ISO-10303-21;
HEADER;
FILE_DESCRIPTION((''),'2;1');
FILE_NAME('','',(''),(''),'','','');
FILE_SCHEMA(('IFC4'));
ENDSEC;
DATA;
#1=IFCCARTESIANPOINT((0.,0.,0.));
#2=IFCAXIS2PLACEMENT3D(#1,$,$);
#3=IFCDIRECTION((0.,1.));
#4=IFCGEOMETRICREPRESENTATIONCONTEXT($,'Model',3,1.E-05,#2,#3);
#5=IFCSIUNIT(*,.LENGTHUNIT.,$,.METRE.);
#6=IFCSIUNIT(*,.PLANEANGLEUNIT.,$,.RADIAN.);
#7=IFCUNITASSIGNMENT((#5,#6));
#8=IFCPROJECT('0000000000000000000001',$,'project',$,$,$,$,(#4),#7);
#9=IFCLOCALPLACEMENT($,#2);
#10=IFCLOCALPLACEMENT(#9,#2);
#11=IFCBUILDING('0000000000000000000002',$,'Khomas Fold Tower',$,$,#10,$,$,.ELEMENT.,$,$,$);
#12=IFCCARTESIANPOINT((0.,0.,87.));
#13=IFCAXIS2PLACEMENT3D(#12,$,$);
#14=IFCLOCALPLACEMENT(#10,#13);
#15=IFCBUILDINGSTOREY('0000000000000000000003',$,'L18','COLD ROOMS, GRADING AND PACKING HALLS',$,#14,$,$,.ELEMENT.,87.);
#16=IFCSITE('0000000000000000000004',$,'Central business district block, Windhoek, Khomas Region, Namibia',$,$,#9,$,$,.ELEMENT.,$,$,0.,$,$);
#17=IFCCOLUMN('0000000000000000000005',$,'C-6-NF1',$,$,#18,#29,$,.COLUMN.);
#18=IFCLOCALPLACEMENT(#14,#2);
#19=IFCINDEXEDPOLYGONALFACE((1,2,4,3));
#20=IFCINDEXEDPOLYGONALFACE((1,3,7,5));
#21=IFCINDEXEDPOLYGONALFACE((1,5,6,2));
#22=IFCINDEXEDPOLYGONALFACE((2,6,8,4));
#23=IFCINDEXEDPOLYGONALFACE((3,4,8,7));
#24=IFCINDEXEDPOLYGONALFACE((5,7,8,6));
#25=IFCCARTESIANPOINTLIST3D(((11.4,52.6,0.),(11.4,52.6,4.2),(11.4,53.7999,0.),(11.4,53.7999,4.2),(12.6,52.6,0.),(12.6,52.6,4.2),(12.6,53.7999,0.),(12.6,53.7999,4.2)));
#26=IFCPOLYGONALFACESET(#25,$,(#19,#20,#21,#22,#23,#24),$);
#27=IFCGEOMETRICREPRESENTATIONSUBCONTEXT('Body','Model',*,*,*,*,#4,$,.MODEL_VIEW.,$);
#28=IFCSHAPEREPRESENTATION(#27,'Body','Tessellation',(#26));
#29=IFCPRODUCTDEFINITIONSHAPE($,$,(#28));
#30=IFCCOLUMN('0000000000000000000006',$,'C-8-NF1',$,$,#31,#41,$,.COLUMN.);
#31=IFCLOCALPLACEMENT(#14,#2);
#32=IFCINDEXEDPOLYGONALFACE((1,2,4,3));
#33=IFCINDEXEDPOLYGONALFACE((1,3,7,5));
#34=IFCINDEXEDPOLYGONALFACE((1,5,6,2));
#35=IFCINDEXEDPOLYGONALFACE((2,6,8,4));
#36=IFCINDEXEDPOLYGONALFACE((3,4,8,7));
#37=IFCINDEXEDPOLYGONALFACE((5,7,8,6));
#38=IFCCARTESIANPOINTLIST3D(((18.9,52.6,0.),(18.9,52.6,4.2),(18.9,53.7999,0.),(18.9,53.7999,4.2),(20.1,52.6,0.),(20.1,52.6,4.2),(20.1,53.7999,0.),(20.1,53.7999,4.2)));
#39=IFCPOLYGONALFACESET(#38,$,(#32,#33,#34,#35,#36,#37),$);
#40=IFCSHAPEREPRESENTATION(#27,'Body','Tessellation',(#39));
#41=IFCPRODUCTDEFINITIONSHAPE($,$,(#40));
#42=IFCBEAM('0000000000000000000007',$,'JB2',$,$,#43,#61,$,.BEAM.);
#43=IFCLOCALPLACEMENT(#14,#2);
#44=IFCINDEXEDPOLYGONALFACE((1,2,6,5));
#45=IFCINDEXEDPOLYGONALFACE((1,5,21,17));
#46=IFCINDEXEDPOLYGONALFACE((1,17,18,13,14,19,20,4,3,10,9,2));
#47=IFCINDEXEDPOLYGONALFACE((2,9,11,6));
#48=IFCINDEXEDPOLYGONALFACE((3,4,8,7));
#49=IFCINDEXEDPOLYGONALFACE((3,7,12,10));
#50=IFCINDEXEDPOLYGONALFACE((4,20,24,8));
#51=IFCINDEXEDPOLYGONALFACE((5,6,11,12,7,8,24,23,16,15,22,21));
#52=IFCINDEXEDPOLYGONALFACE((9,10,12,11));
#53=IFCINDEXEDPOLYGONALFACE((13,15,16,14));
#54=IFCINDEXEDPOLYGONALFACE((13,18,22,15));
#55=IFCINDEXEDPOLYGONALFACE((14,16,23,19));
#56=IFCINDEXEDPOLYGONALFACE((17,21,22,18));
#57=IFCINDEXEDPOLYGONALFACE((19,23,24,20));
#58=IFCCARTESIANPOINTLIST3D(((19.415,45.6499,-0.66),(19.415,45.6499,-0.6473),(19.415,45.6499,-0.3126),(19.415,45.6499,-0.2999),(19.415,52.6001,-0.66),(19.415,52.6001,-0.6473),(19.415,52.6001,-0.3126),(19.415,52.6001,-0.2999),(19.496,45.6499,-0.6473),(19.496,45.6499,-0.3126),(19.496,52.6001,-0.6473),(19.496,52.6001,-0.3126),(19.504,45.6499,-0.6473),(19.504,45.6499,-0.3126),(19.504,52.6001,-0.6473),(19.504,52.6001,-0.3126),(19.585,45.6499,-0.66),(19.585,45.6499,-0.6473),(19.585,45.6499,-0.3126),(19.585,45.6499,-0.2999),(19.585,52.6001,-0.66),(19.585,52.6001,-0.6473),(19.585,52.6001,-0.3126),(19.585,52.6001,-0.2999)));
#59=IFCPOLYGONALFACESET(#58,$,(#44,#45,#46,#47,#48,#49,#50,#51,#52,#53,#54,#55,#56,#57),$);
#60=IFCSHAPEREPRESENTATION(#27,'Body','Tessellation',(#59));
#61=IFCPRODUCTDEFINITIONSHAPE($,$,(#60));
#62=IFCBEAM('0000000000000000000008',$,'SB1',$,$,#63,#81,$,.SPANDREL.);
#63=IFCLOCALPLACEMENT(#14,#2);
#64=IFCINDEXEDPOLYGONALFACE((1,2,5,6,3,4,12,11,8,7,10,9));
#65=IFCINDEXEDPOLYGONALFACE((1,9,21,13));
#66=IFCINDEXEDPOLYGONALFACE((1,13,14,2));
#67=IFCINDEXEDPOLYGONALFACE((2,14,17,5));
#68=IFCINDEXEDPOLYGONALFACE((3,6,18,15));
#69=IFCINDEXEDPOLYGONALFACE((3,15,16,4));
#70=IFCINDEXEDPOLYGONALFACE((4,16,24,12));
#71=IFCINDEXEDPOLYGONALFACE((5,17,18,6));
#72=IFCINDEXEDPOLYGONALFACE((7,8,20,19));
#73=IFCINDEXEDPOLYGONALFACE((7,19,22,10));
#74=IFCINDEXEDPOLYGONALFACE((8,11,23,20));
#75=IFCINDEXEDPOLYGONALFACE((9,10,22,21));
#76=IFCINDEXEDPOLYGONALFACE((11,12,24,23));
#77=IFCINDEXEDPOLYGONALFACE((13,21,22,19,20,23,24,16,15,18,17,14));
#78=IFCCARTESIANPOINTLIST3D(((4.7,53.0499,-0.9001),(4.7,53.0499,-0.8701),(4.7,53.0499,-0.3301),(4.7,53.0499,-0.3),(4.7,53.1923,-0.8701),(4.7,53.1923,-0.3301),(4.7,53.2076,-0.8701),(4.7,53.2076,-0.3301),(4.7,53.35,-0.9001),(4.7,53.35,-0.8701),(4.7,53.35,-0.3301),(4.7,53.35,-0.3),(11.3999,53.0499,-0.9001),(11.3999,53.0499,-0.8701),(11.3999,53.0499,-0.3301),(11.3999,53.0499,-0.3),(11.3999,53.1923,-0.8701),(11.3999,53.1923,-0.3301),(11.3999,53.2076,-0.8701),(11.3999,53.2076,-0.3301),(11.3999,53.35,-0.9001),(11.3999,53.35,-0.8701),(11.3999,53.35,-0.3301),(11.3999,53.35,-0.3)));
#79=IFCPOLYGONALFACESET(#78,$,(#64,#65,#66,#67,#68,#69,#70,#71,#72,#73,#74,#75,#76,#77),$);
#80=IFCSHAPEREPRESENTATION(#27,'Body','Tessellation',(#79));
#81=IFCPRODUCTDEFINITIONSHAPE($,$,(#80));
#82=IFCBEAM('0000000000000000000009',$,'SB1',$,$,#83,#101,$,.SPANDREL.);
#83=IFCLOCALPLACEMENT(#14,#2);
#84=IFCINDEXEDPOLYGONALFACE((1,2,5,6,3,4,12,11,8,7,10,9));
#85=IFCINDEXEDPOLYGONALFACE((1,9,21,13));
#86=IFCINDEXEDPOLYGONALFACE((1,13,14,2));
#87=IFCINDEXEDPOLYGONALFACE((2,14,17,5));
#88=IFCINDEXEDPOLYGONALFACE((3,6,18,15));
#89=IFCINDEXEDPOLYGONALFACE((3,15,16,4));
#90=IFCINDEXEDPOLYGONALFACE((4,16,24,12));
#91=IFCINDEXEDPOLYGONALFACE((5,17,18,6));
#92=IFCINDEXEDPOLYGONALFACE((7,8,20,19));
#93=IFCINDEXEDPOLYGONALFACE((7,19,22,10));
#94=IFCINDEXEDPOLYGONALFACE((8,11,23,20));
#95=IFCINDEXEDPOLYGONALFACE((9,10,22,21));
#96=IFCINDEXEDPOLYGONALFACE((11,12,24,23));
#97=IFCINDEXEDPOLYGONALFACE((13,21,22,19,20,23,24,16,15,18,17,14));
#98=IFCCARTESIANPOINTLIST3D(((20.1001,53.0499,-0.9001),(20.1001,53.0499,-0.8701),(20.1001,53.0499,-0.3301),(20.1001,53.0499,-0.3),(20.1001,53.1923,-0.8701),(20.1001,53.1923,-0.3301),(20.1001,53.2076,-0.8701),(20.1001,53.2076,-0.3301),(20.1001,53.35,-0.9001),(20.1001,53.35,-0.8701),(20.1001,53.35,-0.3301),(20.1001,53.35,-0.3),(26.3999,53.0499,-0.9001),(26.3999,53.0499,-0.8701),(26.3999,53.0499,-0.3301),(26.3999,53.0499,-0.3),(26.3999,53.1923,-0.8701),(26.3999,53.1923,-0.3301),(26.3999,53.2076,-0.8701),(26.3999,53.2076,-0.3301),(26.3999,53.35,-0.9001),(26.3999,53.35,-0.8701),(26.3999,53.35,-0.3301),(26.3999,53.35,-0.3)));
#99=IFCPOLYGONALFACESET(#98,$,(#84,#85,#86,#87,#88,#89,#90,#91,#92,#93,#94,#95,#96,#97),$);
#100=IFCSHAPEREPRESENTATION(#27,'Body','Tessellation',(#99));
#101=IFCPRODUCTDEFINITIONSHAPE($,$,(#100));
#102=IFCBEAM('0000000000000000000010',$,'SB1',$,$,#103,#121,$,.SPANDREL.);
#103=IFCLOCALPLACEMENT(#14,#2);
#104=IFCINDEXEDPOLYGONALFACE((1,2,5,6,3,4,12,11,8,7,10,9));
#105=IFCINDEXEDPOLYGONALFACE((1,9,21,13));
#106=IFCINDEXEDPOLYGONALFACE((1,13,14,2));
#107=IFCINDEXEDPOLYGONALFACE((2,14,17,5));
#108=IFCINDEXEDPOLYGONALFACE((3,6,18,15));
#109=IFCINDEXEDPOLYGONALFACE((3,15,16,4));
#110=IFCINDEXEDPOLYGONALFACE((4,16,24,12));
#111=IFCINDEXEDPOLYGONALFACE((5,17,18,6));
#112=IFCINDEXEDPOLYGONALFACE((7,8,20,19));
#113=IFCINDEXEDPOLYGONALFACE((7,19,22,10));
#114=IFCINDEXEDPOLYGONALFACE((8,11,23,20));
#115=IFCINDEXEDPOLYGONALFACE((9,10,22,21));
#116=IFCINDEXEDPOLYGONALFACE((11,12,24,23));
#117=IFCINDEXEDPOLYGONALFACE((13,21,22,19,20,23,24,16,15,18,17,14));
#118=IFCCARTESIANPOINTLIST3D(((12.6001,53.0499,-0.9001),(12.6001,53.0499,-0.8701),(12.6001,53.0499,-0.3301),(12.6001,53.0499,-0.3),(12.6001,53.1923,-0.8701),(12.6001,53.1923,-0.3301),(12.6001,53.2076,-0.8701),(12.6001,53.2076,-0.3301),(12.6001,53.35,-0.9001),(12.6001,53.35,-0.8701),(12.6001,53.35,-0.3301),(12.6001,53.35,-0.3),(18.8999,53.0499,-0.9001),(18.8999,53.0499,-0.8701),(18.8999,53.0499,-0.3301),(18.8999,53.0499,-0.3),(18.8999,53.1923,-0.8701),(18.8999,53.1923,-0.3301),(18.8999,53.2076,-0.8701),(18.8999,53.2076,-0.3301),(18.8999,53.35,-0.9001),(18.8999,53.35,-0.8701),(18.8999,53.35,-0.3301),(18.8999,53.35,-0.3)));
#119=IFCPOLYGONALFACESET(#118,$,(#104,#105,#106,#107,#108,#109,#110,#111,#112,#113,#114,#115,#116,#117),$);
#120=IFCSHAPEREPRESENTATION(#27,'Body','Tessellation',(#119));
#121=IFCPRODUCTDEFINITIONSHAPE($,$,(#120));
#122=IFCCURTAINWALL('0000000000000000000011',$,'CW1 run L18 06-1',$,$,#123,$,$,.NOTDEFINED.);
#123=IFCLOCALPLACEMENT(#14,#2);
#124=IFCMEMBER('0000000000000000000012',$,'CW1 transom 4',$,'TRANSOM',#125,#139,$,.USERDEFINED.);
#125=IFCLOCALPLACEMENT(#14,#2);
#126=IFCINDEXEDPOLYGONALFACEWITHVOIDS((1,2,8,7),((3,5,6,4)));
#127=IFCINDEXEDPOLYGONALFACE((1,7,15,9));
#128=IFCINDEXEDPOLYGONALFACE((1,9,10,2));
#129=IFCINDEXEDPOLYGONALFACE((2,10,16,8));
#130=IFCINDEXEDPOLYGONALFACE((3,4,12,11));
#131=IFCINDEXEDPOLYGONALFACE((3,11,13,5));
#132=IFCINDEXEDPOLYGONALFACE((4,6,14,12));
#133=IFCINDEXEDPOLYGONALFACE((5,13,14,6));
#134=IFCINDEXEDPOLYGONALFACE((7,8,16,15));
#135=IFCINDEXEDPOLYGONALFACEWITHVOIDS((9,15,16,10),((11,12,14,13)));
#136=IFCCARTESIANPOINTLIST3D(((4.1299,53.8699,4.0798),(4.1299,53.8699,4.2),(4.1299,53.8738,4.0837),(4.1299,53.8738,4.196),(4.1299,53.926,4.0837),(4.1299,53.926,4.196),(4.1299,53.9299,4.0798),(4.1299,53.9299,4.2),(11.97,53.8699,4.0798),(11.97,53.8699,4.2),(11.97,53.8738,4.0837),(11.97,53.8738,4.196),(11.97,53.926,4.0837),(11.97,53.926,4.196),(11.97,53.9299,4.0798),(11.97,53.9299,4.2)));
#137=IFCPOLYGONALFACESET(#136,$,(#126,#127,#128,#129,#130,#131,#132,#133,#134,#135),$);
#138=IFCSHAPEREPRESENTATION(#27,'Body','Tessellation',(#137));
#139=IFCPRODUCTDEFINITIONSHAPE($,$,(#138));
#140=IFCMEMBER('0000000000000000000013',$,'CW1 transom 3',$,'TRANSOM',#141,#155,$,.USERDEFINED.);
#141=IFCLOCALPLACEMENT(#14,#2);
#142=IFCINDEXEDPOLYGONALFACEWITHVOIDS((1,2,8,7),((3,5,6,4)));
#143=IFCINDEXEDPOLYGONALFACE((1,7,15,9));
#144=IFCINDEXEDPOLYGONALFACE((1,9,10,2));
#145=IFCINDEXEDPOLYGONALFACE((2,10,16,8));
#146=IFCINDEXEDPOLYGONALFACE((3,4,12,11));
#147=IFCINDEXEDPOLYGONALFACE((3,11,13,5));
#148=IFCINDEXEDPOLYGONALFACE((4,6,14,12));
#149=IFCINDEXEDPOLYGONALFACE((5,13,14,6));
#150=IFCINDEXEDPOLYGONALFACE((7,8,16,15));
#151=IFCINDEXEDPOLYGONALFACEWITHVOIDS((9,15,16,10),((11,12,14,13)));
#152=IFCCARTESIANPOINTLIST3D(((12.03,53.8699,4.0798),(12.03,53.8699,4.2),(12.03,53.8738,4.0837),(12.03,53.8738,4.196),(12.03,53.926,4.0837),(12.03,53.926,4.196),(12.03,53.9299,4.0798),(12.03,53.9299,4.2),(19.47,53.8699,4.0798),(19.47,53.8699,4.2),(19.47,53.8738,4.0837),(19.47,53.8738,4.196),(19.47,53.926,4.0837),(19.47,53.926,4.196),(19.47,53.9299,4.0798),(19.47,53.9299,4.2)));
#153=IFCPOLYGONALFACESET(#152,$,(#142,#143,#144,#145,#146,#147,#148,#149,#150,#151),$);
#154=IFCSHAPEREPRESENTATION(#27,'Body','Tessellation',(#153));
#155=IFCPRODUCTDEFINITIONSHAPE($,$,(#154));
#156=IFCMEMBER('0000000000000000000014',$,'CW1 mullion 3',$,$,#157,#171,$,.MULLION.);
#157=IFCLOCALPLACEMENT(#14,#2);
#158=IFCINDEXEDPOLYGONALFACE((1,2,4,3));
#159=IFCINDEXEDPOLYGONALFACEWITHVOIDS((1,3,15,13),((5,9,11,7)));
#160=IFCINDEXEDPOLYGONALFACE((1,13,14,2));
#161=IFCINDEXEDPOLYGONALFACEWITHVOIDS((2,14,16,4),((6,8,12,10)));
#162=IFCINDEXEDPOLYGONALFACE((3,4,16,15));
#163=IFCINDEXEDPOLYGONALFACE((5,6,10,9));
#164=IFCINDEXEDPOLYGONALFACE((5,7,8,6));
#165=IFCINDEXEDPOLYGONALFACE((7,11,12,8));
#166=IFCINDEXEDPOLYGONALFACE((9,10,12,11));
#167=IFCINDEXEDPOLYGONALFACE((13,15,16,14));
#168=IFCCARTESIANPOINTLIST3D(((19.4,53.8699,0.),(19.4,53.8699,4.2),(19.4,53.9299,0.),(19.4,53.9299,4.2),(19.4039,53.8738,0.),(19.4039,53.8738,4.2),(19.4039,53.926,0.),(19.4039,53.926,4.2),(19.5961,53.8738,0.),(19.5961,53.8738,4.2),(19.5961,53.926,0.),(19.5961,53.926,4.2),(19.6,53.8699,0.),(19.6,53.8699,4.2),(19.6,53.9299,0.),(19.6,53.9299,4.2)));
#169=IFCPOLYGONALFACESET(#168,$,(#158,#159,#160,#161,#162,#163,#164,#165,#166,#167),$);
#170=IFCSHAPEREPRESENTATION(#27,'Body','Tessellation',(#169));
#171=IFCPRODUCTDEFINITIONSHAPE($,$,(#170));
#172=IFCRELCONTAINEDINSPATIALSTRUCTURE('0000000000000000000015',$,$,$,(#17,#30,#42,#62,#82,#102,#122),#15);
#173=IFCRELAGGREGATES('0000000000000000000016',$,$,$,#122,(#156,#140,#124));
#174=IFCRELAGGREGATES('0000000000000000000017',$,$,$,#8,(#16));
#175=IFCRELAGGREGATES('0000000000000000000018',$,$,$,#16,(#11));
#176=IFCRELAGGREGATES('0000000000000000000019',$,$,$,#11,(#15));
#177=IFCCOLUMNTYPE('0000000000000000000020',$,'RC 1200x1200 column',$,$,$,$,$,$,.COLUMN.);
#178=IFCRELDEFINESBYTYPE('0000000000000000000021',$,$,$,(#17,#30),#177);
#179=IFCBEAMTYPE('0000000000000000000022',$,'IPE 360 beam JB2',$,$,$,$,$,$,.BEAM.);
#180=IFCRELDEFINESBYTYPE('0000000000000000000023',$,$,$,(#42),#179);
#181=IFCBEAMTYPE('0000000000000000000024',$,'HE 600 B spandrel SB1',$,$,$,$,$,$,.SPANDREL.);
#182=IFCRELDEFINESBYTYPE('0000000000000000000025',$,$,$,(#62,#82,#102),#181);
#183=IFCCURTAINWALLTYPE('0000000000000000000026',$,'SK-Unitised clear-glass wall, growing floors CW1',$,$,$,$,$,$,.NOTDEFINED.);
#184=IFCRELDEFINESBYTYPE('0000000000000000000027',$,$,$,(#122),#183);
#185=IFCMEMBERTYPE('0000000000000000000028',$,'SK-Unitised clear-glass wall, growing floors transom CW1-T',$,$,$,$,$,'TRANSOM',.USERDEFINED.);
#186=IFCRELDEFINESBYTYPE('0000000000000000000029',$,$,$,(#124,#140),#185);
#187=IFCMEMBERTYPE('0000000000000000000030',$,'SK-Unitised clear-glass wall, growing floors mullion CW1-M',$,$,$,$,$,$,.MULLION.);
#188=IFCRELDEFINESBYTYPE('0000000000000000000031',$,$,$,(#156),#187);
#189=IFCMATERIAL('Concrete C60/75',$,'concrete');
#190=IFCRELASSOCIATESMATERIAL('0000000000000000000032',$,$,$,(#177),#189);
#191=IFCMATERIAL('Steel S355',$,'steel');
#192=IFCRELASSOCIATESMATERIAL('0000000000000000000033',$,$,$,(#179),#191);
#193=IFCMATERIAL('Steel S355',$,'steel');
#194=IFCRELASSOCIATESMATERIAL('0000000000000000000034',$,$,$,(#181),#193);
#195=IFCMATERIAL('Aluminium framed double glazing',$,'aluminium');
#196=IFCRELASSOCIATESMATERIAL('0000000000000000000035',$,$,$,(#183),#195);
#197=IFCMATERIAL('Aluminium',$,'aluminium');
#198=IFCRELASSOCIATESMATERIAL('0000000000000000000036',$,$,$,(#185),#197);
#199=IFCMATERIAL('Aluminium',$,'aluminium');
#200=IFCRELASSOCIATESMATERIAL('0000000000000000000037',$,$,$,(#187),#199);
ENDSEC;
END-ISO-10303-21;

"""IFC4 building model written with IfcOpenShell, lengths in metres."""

from ifc_helpers import new_model, si_unit, direction, frame, origin, origin_2d, place, context, subcontext, project, spatial, rectangle, hollow_rectangle, i_section, extrude, source, transform, mapped, material, material_profile, profile_set, type_object, element, aggregate, save


model = new_model("IFC4")

# Units and contexts
model_context = context("Model", 3, precision=1e-05, world=origin(), true_north=direction((0.0, 1.0)))
body_context = subcontext(model_context, "Body", "Model", "MODEL_VIEW")
ifc_project = project(units=[si_unit("LENGTHUNIT", "METRE"), si_unit("PLANEANGLEUNIT", "RADIAN")], contexts=[model_context])

# Site, building, storey
site_placement = place(None, origin())
site = spatial("IfcSite", under=ifc_project, at=site_placement, Name="Central business district block, Windhoek, Khomas Region, Namibia", CompositionType="ELEMENT", RefElevation=0.0)
building_placement = place(site_placement, origin())
building = spatial("IfcBuilding", under=site, at=building_placement, Name="Khomas Fold Tower", CompositionType="ELEMENT")
storey_placement = place(building_placement, frame((0.0, 0.0, 87.0)))
storey = spatial("IfcBuildingStorey", under=building, at=storey_placement, Name="L18", Description="COLD ROOMS, GRADING AND PACKING HALLS", CompositionType="ELEMENT", Elevation=87.0)

# Columns
ifc_material_1 = material(Name="Concrete C60/75", Category="concrete")
ifc_material_profile_1 = material_profile(ifc_material_1, rectangle(XDim=1.2, YDim=1.2, at=origin_2d()), Name="RC 1200x1200")
ifc_profile_set_1 = profile_set([ifc_material_profile_1], Name="Concrete C60/75")
column_type = type_object("IfcColumnType", Name="RC 1200x1200 column", PredefinedType="COLUMN", material=ifc_profile_set_1)
shared_shape_1 = source(origin(), body_context, "Body", "SweptSolid", [
    extrude(rectangle(XDim=1.2, YDim=1.2, at=origin_2d()), origin(), (0.0, 0.0, 1.0), 4.2),
])
for number, where, z_axis, x_axis, name in (
    (1, (12.0, 53.2, 0.0), (0.0, 0.0, 1.0), (1.0, 0.0, 0.0), "C-6-NF1"),
    (2, (19.5, 53.2, 0.0), (0.0, 0.0, 1.0), (1.0, 0.0, 0.0), "C-8-NF1"),
):
    element("IfcColumn", number, at=place(storey_placement, frame(where, z_axis=z_axis, x_axis=x_axis)), inside=storey, type_object=column_type, Name=name, PredefinedType="COLUMN", context=body_context, shape_type="MappedRepresentation", body=[
        mapped(shared_shape_1, transform((0.0, 0.0, 0.0))),
    ])

# Beams
ifc_material_2 = material(Name="Steel S355", Category="steel")
ifc_material_profile_2 = material_profile(ifc_material_2, i_section(OverallWidth=0.1699, OverallDepth=0.3601, WebThickness=0.0081, FlangeThickness=0.0127, at=origin_2d()), Name="IPE 360")
ifc_profile_set_2 = profile_set([ifc_material_profile_2], Name="Steel S355")
beam_type_1 = type_object("IfcBeamType", Name="IPE 360 beam JB2", PredefinedType="BEAM", material=ifc_profile_set_2)
shared_shape_2 = source(origin(), body_context, "Body", "SweptSolid", [
    extrude(i_section(OverallWidth=0.1699, OverallDepth=0.3601, WebThickness=0.0081, FlangeThickness=0.0127, at=origin_2d()), origin(), (0.0, 0.0, 1.0), 6.9502),
])
beam_1_placement = place(storey_placement, frame((19.5, 45.6499, -0.48), z_axis=(0.0, 1.0, 0.0), x_axis=(-1.0, 0.0, 0.0)))
element("IfcBeam", 3, at=beam_1_placement, inside=storey, type_object=beam_type_1, Name="JB2", PredefinedType="BEAM", context=body_context, shape_type="MappedRepresentation", body=[
    mapped(shared_shape_2, transform((0.0, 0.0, 0.0))),
])
ifc_material_3 = material(Name="Steel S355", Category="steel")
ifc_material_profile_3 = material_profile(ifc_material_3, i_section(OverallWidth=0.3, OverallDepth=0.6001, WebThickness=0.0154, FlangeThickness=0.03, at=origin_2d()), Name="HE 600 B")
ifc_profile_set_3 = profile_set([ifc_material_profile_3], Name="Steel S355")
beam_type_2 = type_object("IfcBeamType", Name="HE 600 B spandrel SB1", PredefinedType="SPANDREL", material=ifc_profile_set_3)
shared_shape_3 = source(origin(), body_context, "Body", "SweptSolid", [
    extrude(i_section(OverallWidth=0.3, OverallDepth=0.6001, WebThickness=0.0154, FlangeThickness=0.03, at=origin_2d()), origin(), (0.0, 0.0, 1.0), 6.7),
])
beam_2_placement = place(storey_placement, frame((4.7, 53.2, -0.6001), z_axis=(1.0, 0.0, 0.0), x_axis=(0.0, 1.0, 0.0)))
element("IfcBeam", 4, at=beam_2_placement, inside=storey, type_object=beam_type_2, Name="SB1", PredefinedType="SPANDREL", context=body_context, shape_type="MappedRepresentation", body=[
    mapped(shared_shape_3, transform((0.0, 0.0, 0.0))),
])
shared_shape_4 = source(origin(), body_context, "Body", "SweptSolid", [
    extrude(i_section(OverallWidth=0.3, OverallDepth=0.6001, WebThickness=0.0154, FlangeThickness=0.03, at=origin_2d()), origin(), (0.0, 0.0, 1.0), 6.2998),
])
for number, where, z_axis, x_axis, name in (
    (5, (20.1001, 53.2, -0.6001), (1.0, 0.0, 0.0), (0.0, 1.0, 0.0), "SB1"),
    (6, (12.6001, 53.2, -0.6001), (1.0, 0.0, 0.0), (0.0, 1.0, 0.0), "SB1"),
):
    element("IfcBeam", number, at=place(storey_placement, frame(where, z_axis=z_axis, x_axis=x_axis)), inside=storey, type_object=beam_type_2, Name=name, PredefinedType="SPANDREL", context=body_context, shape_type="MappedRepresentation", body=[
        mapped(shared_shape_4, transform((0.0, 0.0, 0.0))),
    ])

# Curtain wall, members
ifc_material_4 = material(Name="Aluminium framed double glazing", Category="aluminium")
curtain_wall_type = type_object("IfcCurtainWallType", Name="SK-Unitised clear-glass wall, growing floors CW1", PredefinedType="NOTDEFINED", material=ifc_material_4)
curtain_wall_placement = place(storey_placement, origin())
curtain_wall = element("IfcCurtainWall", 7, at=curtain_wall_placement, inside=storey, type_object=curtain_wall_type, Name="CW1 run L18 06-1", PredefinedType="NOTDEFINED")
ifc_material_5 = material(Name="Aluminium", Category="aluminium")
ifc_material_profile_4 = material_profile(ifc_material_5, hollow_rectangle(XDim=0.0601, YDim=0.1201, WallThickness=0.0039, at=origin_2d()), Name="SK-Unitised clear-glass wall, growing floors transom CW1-T")
ifc_profile_set_4 = profile_set([ifc_material_profile_4], Name="Aluminium")
member_type_1 = type_object("IfcMemberType", Name="SK-Unitised clear-glass wall, growing floors transom CW1-T", ElementType="TRANSOM", PredefinedType="USERDEFINED", material=ifc_profile_set_4)
shared_shape_5 = source(origin(), body_context, "Body", "SweptSolid", [
    extrude(hollow_rectangle(XDim=0.0601, YDim=0.1201, WallThickness=0.0039, at=origin_2d()), origin(), (0.0, 0.0, 1.0), 7.8401),
])
member_1_placement = place(storey_placement, frame((11.97, 53.8999, 4.1399), z_axis=(-1.0, 0.0, 0.0), x_axis=(0.0, -1.0, 0.0)))
member_1 = element("IfcMember", 8, at=member_1_placement, type_object=member_type_1, Name="CW1 transom 4", ObjectType="TRANSOM", PredefinedType="USERDEFINED", context=body_context, shape_type="MappedRepresentation", body=[
    mapped(shared_shape_5, transform((0.0, 0.0, 0.0))),
])
shared_shape_6 = source(origin(), body_context, "Body", "SweptSolid", [
    extrude(hollow_rectangle(XDim=0.0601, YDim=0.1201, WallThickness=0.0039, at=origin_2d()), origin(), (0.0, 0.0, 1.0), 7.4399),
])
member_2_placement = place(storey_placement, frame((19.47, 53.8999, 4.1399), z_axis=(-1.0, 0.0, 0.0), x_axis=(0.0, -1.0, 0.0)))
member_2 = element("IfcMember", 9, at=member_2_placement, type_object=member_type_1, Name="CW1 transom 3", ObjectType="TRANSOM", PredefinedType="USERDEFINED", context=body_context, shape_type="MappedRepresentation", body=[
    mapped(shared_shape_6, transform((0.0, 0.0, 0.0))),
])
ifc_material_6 = material(Name="Aluminium", Category="aluminium")
ifc_material_profile_5 = material_profile(ifc_material_6, hollow_rectangle(XDim=0.0601, YDim=0.2, WallThickness=0.0039, at=origin_2d()), Name="SK-Unitised clear-glass wall, growing floors mullion CW1-M")
ifc_profile_set_5 = profile_set([ifc_material_profile_5], Name="Aluminium")
member_type_2 = type_object("IfcMemberType", Name="SK-Unitised clear-glass wall, growing floors mullion CW1-M", PredefinedType="MULLION", material=ifc_profile_set_5)
shared_shape_7 = source(origin(), body_context, "Body", "SweptSolid", [
    extrude(hollow_rectangle(XDim=0.0601, YDim=0.2, WallThickness=0.0039, at=origin_2d()), origin(), (0.0, 0.0, 1.0), 4.2),
])
member_3_placement = place(storey_placement, frame((19.5, 53.8999, 0.0), z_axis=(0.0, 0.0, 1.0), x_axis=(0.0, -1.0, 0.0)))
member_3 = element("IfcMember", 10, at=member_3_placement, type_object=member_type_2, Name="CW1 mullion 3", PredefinedType="MULLION", context=body_context, shape_type="MappedRepresentation", body=[
    mapped(shared_shape_7, transform((0.0, 0.0, 0.0))),
])

aggregate(curtain_wall, [member_3, member_2, member_1])

save(model, "model.ifc")
